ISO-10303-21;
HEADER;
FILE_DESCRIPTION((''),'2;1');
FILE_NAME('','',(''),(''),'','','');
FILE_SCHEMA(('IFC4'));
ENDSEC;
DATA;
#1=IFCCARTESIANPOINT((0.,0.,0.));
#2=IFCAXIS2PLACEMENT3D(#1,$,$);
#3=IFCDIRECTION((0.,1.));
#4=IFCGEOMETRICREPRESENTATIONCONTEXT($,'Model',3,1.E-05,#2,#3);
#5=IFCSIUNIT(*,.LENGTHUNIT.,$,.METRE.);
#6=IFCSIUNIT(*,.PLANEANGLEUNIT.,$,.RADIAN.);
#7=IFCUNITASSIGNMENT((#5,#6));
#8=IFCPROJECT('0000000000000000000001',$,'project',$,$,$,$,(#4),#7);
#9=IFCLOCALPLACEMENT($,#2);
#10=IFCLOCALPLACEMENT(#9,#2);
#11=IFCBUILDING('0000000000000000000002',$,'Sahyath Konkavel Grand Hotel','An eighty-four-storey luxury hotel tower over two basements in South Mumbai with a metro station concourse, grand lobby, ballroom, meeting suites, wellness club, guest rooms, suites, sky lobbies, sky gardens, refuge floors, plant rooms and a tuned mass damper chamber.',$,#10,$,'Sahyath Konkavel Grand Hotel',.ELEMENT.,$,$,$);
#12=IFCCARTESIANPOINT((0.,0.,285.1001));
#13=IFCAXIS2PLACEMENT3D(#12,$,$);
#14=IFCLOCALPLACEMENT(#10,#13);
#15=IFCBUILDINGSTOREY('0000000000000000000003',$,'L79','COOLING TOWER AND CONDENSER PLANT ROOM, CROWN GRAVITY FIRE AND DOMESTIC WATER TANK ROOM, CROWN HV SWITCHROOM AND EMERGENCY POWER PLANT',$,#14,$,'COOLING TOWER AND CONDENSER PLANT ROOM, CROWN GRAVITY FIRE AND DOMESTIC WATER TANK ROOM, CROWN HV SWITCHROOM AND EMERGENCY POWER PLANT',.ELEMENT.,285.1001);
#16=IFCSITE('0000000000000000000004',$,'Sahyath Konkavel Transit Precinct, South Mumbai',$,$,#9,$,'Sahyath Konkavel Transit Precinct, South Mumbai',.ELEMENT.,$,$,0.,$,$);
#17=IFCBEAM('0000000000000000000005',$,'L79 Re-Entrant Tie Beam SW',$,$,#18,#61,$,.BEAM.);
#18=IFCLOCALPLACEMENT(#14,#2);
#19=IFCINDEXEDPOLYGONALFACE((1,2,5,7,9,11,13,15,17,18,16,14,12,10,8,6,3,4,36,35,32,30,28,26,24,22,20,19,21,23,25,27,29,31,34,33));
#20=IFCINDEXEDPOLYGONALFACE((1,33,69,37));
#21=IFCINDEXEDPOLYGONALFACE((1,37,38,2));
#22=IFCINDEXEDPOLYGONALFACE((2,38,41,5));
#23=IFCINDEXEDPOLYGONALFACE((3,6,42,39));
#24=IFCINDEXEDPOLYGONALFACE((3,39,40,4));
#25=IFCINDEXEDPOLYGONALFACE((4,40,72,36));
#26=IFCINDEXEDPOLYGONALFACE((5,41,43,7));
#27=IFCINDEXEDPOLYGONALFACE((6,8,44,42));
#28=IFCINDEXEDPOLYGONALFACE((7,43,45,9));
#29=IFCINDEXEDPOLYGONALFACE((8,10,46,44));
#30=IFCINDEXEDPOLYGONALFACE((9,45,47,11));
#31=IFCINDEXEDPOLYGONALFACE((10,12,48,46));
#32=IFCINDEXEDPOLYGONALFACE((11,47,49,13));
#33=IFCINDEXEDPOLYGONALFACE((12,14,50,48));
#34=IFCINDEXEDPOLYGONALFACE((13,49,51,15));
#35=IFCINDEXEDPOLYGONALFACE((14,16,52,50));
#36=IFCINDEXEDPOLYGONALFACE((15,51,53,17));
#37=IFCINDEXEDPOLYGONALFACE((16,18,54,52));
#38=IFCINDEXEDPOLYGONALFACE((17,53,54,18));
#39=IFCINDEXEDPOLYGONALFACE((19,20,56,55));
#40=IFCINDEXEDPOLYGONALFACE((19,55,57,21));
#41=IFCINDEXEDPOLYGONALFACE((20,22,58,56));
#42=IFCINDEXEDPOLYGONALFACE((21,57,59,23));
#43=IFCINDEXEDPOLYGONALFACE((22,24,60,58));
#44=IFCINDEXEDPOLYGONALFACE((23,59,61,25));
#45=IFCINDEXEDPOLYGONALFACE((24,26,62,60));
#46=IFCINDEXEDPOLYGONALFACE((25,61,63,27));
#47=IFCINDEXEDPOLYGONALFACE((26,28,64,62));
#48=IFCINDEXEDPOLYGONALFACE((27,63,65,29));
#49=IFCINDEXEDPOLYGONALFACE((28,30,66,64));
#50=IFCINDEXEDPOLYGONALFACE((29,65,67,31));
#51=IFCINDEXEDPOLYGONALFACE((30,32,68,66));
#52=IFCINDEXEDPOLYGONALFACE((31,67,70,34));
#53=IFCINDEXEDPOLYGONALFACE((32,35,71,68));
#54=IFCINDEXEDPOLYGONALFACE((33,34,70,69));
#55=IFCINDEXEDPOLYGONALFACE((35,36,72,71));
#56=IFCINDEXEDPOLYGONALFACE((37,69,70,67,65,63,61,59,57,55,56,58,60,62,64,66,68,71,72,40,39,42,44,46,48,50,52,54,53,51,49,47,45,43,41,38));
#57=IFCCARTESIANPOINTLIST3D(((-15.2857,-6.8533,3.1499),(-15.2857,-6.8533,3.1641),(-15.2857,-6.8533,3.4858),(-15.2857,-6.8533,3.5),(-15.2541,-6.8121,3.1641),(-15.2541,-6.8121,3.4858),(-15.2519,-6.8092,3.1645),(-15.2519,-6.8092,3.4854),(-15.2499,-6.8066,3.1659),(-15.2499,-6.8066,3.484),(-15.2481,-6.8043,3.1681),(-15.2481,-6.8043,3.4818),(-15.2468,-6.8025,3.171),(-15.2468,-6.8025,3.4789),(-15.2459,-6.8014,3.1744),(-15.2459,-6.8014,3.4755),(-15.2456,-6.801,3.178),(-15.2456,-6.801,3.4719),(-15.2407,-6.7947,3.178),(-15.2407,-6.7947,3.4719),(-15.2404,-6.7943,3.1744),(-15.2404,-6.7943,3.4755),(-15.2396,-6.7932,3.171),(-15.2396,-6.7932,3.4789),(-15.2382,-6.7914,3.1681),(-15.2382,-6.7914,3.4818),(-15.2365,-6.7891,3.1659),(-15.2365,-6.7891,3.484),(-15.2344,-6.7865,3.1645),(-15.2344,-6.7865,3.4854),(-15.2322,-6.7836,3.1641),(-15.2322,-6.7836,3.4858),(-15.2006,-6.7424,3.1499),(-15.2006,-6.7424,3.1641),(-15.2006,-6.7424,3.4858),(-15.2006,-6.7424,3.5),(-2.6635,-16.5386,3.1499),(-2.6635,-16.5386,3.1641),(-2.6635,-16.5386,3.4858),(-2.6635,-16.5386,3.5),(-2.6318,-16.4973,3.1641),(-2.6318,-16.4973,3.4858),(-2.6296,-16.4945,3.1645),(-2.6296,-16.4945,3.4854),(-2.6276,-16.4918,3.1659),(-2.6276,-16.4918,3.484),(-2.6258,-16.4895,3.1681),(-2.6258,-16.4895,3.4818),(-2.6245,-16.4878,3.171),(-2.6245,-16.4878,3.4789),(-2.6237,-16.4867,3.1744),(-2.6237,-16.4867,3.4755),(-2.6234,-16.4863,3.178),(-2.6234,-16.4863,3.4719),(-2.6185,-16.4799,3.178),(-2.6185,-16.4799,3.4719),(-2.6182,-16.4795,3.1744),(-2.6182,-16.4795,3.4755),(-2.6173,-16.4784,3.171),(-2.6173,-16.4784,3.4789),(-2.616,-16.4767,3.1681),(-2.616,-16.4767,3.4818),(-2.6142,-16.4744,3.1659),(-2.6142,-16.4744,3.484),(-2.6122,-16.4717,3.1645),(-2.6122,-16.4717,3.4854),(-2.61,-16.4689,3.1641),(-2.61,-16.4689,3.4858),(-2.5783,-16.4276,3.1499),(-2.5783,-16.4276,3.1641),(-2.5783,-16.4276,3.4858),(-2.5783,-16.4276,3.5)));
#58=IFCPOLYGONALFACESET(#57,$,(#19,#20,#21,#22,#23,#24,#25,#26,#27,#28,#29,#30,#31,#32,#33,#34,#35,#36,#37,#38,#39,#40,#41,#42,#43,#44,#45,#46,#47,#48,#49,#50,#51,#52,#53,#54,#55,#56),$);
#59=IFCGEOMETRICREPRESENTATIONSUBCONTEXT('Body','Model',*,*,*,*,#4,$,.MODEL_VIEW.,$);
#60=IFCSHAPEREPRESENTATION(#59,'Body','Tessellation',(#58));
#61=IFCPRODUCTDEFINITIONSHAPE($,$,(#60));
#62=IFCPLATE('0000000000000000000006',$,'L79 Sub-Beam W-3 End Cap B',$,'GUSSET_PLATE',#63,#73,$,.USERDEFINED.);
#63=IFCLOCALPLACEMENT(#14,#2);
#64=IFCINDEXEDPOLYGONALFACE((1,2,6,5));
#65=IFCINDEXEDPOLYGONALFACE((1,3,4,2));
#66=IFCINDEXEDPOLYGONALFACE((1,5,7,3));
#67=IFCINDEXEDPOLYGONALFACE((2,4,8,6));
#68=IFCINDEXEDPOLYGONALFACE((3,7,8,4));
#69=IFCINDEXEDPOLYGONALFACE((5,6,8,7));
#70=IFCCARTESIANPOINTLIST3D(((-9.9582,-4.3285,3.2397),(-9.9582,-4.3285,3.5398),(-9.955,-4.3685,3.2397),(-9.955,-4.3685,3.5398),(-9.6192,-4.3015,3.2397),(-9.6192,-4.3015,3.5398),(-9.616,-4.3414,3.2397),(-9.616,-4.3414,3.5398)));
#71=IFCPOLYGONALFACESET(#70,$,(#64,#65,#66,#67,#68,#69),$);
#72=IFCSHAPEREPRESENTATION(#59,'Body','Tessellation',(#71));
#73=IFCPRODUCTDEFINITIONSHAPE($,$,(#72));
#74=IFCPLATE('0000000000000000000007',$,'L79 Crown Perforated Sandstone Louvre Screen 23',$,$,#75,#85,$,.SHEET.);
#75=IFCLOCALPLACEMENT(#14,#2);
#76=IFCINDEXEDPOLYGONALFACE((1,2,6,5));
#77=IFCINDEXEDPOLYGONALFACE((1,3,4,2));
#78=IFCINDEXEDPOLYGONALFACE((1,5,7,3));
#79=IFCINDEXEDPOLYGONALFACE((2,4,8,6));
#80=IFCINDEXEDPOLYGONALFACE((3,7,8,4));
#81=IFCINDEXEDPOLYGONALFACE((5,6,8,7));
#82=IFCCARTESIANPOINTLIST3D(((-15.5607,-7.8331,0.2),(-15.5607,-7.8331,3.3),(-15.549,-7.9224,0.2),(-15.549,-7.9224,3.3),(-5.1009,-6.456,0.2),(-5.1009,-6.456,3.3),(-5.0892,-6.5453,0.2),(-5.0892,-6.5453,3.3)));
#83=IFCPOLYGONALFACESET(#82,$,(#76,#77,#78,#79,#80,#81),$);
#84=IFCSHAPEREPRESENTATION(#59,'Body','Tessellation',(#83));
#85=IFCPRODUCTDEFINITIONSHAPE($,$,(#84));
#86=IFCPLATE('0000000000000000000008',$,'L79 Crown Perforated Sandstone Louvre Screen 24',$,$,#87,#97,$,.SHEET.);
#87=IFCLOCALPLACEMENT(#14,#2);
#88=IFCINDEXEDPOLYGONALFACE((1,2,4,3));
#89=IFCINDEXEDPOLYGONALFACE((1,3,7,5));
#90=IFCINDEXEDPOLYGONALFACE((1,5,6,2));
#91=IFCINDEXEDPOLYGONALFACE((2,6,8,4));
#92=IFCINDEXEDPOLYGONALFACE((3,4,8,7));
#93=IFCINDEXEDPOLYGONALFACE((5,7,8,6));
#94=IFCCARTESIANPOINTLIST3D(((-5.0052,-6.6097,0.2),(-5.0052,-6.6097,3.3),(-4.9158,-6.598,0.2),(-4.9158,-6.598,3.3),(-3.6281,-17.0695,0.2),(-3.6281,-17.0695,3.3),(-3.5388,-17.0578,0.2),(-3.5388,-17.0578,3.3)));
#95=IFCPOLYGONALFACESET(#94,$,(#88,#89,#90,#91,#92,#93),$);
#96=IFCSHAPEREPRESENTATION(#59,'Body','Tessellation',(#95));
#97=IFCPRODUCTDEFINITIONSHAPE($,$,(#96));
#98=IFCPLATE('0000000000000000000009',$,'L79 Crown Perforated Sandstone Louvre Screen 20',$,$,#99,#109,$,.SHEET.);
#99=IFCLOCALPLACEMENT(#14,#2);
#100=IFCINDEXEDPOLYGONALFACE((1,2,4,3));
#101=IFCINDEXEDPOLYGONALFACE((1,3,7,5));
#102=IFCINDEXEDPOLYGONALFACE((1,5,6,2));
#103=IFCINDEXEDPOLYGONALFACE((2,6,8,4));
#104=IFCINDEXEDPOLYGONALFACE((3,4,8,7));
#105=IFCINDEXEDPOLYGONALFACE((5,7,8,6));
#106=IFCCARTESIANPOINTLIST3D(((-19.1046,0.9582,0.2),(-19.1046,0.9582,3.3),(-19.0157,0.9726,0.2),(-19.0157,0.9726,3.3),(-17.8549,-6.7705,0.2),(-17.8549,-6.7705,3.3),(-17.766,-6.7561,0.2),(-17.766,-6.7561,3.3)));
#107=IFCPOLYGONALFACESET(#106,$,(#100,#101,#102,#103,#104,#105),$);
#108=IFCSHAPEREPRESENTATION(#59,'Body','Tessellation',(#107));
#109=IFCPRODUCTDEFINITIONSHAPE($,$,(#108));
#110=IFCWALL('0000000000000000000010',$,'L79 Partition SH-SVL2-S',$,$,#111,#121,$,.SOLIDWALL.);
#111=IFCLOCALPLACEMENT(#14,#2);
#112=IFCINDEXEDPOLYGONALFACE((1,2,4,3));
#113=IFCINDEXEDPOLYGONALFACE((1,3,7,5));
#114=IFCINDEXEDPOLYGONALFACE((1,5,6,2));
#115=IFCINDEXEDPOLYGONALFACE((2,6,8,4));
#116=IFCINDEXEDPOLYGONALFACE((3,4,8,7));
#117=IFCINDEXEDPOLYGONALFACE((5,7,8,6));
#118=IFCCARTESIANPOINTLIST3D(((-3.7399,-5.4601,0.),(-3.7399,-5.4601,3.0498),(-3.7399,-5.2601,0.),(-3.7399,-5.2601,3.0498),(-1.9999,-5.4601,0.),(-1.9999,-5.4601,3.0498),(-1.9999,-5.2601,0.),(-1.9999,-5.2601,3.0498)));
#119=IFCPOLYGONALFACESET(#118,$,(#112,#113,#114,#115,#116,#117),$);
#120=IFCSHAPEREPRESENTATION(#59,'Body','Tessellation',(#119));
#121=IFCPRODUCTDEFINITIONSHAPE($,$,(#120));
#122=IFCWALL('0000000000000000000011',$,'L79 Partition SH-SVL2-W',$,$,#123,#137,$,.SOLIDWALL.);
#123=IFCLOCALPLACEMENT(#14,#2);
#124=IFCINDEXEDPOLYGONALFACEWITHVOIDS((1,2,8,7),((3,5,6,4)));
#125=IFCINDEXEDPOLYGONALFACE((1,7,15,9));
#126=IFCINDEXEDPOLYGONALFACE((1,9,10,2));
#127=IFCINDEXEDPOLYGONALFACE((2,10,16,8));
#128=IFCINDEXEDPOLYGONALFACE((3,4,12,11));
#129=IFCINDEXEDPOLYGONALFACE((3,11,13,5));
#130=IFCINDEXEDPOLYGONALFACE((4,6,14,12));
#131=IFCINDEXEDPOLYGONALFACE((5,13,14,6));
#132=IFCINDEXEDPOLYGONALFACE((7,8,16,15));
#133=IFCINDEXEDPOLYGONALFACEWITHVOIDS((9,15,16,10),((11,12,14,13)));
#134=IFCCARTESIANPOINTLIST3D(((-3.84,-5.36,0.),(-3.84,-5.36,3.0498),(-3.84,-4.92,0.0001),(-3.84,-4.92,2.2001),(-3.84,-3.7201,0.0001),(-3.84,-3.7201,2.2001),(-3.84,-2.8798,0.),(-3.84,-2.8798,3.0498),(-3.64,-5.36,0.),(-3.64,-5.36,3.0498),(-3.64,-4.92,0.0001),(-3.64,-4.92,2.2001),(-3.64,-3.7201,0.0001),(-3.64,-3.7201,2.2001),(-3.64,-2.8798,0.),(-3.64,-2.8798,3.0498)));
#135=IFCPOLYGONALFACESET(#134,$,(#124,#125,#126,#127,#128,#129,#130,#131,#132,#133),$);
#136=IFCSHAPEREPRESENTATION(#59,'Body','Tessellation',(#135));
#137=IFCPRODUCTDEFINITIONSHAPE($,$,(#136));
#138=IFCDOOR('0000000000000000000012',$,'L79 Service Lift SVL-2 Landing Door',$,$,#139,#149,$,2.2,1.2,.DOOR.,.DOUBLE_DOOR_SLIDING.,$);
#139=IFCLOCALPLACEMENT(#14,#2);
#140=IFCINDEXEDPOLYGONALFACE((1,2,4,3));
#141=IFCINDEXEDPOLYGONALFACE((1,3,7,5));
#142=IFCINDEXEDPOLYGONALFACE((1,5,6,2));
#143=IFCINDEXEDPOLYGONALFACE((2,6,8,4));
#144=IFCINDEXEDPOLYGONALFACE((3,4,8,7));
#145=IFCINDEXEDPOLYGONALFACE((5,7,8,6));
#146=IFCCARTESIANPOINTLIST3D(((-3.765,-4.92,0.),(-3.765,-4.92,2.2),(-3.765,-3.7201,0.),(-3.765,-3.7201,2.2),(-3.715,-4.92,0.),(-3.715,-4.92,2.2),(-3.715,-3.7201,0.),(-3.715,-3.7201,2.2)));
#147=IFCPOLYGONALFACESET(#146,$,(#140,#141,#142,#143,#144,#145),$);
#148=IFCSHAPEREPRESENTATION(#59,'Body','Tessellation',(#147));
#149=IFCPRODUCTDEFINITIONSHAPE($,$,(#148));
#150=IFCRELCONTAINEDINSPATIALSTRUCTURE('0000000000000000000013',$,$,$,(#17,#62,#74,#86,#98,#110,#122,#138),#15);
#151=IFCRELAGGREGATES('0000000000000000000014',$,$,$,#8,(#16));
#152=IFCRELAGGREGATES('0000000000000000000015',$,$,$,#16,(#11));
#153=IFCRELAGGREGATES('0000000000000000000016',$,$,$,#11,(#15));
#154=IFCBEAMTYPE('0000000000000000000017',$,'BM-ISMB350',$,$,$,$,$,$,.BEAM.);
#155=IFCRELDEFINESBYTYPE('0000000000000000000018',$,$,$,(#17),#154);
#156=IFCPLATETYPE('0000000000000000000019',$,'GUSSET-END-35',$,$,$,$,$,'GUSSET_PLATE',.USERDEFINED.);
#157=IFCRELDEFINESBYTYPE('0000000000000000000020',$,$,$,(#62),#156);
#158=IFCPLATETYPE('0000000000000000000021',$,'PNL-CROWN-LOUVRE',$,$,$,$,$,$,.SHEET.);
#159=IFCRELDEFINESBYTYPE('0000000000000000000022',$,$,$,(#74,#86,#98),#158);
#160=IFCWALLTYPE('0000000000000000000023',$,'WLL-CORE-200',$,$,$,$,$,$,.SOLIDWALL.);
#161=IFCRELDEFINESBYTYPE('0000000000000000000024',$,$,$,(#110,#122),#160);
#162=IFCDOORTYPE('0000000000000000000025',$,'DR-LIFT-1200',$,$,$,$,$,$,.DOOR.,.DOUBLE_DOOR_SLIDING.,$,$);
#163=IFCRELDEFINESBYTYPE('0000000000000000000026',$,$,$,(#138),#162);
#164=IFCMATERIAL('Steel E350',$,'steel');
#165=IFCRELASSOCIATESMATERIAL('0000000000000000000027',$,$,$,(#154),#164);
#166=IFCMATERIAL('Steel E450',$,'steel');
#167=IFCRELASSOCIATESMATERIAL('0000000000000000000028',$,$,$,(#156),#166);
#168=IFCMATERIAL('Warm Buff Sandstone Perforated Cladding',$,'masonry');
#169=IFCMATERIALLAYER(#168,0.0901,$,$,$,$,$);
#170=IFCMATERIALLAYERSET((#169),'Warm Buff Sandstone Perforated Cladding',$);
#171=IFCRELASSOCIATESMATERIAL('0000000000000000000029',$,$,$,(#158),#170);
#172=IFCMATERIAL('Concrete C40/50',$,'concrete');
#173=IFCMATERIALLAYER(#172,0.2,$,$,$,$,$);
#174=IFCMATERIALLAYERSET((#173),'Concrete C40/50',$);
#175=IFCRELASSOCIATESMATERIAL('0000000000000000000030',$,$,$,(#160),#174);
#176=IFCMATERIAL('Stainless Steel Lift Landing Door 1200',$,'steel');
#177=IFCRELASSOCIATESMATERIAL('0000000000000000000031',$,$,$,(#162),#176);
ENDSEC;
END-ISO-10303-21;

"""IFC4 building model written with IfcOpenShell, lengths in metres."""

from ifc_helpers import new_model, si_unit, direction, frame, frame_2d, origin, origin_2d, place, context, subcontext, project, spatial, rectangle, i_section, extrude, source, transform, mapped, material, layer, layer_set, material_profile, profile_set, type_object, element, fill, save


model = new_model("IFC4")

# Units and contexts
model_context = context("Model", 3, precision=1e-05, world=origin(), true_north=direction((0.0, 1.0)))
body_context = subcontext(model_context, "Body", "Model", "MODEL_VIEW")
ifc_project = project(units=[si_unit("LENGTHUNIT", "METRE"), si_unit("PLANEANGLEUNIT", "RADIAN")], contexts=[model_context])

# Site, building, storey
site_placement = place(None, origin())
site = spatial("IfcSite", under=ifc_project, at=site_placement, Name="Sahyath Konkavel Transit Precinct, South Mumbai", LongName="Sahyath Konkavel Transit Precinct, South Mumbai", CompositionType="ELEMENT", RefElevation=0.0)
building_placement = place(site_placement, origin())
building = spatial("IfcBuilding", under=site, at=building_placement, Name="Sahyath Konkavel Grand Hotel", Description="An eighty-four-storey luxury hotel tower over two basements in South Mumbai with a metro station concourse, grand lobby, ballroom, meeting suites, wellness club, guest rooms, suites, sky lobbies, sky gardens, refuge floors, plant rooms and a tuned mass damper chamber.", LongName="Sahyath Konkavel Grand Hotel", CompositionType="ELEMENT")
storey_placement = place(building_placement, frame((0.0, 0.0, 285.1001)))
storey = spatial("IfcBuildingStorey", under=building, at=storey_placement, Name="L79", Description="COOLING TOWER AND CONDENSER PLANT ROOM, CROWN GRAVITY FIRE AND DOMESTIC WATER TANK ROOM, CROWN HV SWITCHROOM AND EMERGENCY POWER PLANT", LongName="COOLING TOWER AND CONDENSER PLANT ROOM, CROWN GRAVITY FIRE AND DOMESTIC WATER TANK ROOM, CROWN HV SWITCHROOM AND EMERGENCY POWER PLANT", CompositionType="ELEMENT", Elevation=285.1001)

# Shared definitions
ifc_material_1 = material(Name="Concrete C40/50", Category="concrete")

# Beam
ifc_material_2 = material(Name="Steel E350", Category="steel")
ifc_material_profile_1 = material_profile(ifc_material_2, i_section(OverallWidth=0.1399, OverallDepth=0.3501, WebThickness=0.0081, FlangeThickness=0.0142, FilletRadius=0.0139, at=origin_2d()), Name="ISMB 350")
ifc_profile_set_1 = profile_set([ifc_material_profile_1], Name="Steel E350")
beam_type_1 = type_object("IfcBeamType", Name="BM-ISMB350", PredefinedType="BEAM", material=ifc_profile_set_1)
shared_shape_1 = source(origin(), body_context, "Body", "SweptSolid", [
    extrude(i_section(OverallWidth=0.1399, OverallDepth=0.3501, WebThickness=0.0081, FlangeThickness=0.0142, FilletRadius=0.0139, at=origin_2d()), origin(), (0.0, 0.0, 1.0), 15.9099),
])
beam_1_placement = place(storey_placement, frame((-15.2432, -6.7979, 3.325), z_axis=(0.793358, -0.608756, 0.0), x_axis=(0.608756, 0.793358, 0.0)))
element("IfcBeam", 1, at=beam_1_placement, inside=storey, type_object=beam_type_1, Name="L79 Re-Entrant Tie Beam SW", PredefinedType="BEAM", context=body_context, shape_type="MappedRepresentation", body=[
    mapped(shared_shape_1, transform((0.0, 0.0, 0.0), scale=1.0)),
])

# Plates
ifc_material_3 = material(Name="Steel E450", Category="steel")
plate_type_1 = type_object("IfcPlateType", Name="GUSSET-END-35", ElementType="GUSSET_PLATE", PredefinedType="USERDEFINED", material=ifc_material_3)
shared_shape_2 = source(origin(), body_context, "Body", "SweptSolid", [
    extrude(rectangle(XDim=0.04, YDim=0.3401, at=origin_2d()), origin(), (0.0, 0.0, 1.0), 0.3),
])
plate_1_placement = place(storey_placement, frame((-9.7871, -4.335, 3.2397), z_axis=(0.0, 0.0, 1.0), x_axis=(0.079607, -0.996826, 0.0)))
element("IfcPlate", 2, at=plate_1_placement, inside=storey, type_object=plate_type_1, Name="L79 Sub-Beam W-3 End Cap B", ObjectType="GUSSET_PLATE", PredefinedType="USERDEFINED", context=body_context, shape_type="MappedRepresentation", body=[
    mapped(shared_shape_2, transform((0.0, 0.0, 0.0), scale=1.0)),
])
ifc_material_4 = material(Name="Warm Buff Sandstone Perforated Cladding", Category="masonry")
ifc_layer_1 = layer(ifc_material_4, 0.0901)
ifc_layer_set_1 = layer_set([ifc_layer_1], Name="Warm Buff Sandstone Perforated Cladding")
plate_type_2 = type_object("IfcPlateType", Name="PNL-CROWN-LOUVRE", PredefinedType="SHEET", material=ifc_layer_set_1)
shared_shape_3 = source(origin(), body_context, "Body", "SweptSolid", [
    extrude(rectangle(XDim=10.55, YDim=0.0901, at=origin_2d()), origin(), (0.0, 0.0, 1.0), 3.1001),
])
for number, where, z_axis, x_axis, name in (
    (3, (-10.325, -7.1892, 0.2), (0.0, 0.0, 1.0), (0.991445, 0.130526, 0.0), "L79 Crown Perforated Sandstone Louvre Screen 23"),
    (4, (-4.272, -11.8337, 0.2), (0.0, 0.0, 1.0), (0.130526, -0.991445, 0.0), "L79 Crown Perforated Sandstone Louvre Screen 24"),
):
    element("IfcPlate", number, at=place(storey_placement, frame(where, z_axis=z_axis, x_axis=x_axis)), inside=storey, type_object=plate_type_2, Name=name, PredefinedType="SHEET", context=body_context, shape_type="MappedRepresentation", body=[
        mapped(shared_shape_3, transform((0.0, 0.0, 0.0), scale=1.0)),
    ])
shared_shape_4 = source(origin(), body_context, "Body", "SweptSolid", [
    extrude(rectangle(XDim=7.8291, YDim=0.0901, at=origin_2d()), origin(), (0.0, 0.0, 1.0), 3.1001),
])
plate_2_placement = place(storey_placement, frame((-18.4353, -2.8989, 0.2), z_axis=(0.0, 0.0, 1.0), x_axis=(0.159623, -0.987178, 0.0)))
element("IfcPlate", 5, at=plate_2_placement, inside=storey, type_object=plate_type_2, Name="L79 Crown Perforated Sandstone Louvre Screen 20", PredefinedType="SHEET", context=body_context, shape_type="MappedRepresentation", body=[
    mapped(shared_shape_4, transform((0.0, 0.0, 0.0), scale=1.0)),
])

# Wall
ifc_layer_2 = layer(ifc_material_1, 0.2)
ifc_layer_set_2 = layer_set([ifc_layer_2], Name="Concrete C40/50")
wall_type_1 = type_object("IfcWallType", Name="WLL-CORE-200", PredefinedType="SOLIDWALL", material=ifc_layer_set_2)
wall_1_placement = place(storey_placement, frame((-3.74, -5.3601, 0.0), z_axis=(0.0, 0.0, 1.0), x_axis=(1.0, 0.0, 0.0)))
element("IfcWall", 6, at=wall_1_placement, inside=storey, type_object=wall_type_1, Name="L79 Partition SH-SVL2-S", PredefinedType="SOLIDWALL", context=body_context, shape_type="SweptSolid", body=[
    extrude(rectangle(XDim=1.74, YDim=0.2, at=frame_2d((0.8701, 0.0))), origin(), (0.0, 0.0, 1.0), 3.0498),
])

# Wall, opening, door
wall_2_placement = place(storey_placement, frame((-3.74, -5.3601, 0.0), z_axis=(0.0, 0.0, 1.0), x_axis=(0.0, 1.0, 0.0)))
wall_2 = element("IfcWall", 7, at=wall_2_placement, inside=storey, type_object=wall_type_1, Name="L79 Partition SH-SVL2-W", PredefinedType="SOLIDWALL", context=body_context, shape_type="SweptSolid", body=[
    extrude(rectangle(XDim=2.4802, YDim=0.2, at=frame_2d((1.2402, 0.0))), origin(), (0.0, 0.0, 1.0), 3.0498),
])
opening_1_placement = place(wall_2_placement, frame((0.4399, 0.0, 0.0)))
opening_1 = element("IfcOpeningElement", 8, at=opening_1_placement, cuts=wall_2, PredefinedType="OPENING", context=body_context, shape_type="SweptSolid", body=[
    extrude(rectangle(XDim=1.2, YDim=2.2, at=frame_2d((0.6001, 1.1001))), frame((0.0, 0.1099, 0.0), z_axis=(0.0, -1.0, 0.0), x_axis=(1.0, 0.0, 0.0)), (0.0, 0.0, 1.0), 0.22),
])
ifc_material_5 = material(Name="Stainless Steel Lift Landing Door 1200", Category="steel")
door_type_1 = type_object("IfcDoorType", Name="DR-LIFT-1200", OperationType="DOUBLE_DOOR_SLIDING", PredefinedType="DOOR", material=ifc_material_5)
shared_shape_5 = source(origin(), body_context, "Body", "SweptSolid", [
    extrude(rectangle(XDim=1.2, YDim=0.05, at=origin_2d()), origin(), (0.0, 0.0, 1.0), 2.2),
])
door_1_placement = place(opening_1_placement, frame((0.6001, 0.0, 0.0)))
door_1 = element("IfcDoor", 9, at=door_1_placement, inside=storey, type_object=door_type_1, Name="L79 Service Lift SVL-2 Landing Door", OperationType="DOUBLE_DOOR_SLIDING", OverallHeight=2.2, OverallWidth=1.2, PredefinedType="DOOR", context=body_context, shape_type="MappedRepresentation", body=[
    mapped(shared_shape_5, transform((0.0, 0.0, 0.0), scale=1.0)),
])
fill(opening_1, door_1)

save(model, "model.ifc")
